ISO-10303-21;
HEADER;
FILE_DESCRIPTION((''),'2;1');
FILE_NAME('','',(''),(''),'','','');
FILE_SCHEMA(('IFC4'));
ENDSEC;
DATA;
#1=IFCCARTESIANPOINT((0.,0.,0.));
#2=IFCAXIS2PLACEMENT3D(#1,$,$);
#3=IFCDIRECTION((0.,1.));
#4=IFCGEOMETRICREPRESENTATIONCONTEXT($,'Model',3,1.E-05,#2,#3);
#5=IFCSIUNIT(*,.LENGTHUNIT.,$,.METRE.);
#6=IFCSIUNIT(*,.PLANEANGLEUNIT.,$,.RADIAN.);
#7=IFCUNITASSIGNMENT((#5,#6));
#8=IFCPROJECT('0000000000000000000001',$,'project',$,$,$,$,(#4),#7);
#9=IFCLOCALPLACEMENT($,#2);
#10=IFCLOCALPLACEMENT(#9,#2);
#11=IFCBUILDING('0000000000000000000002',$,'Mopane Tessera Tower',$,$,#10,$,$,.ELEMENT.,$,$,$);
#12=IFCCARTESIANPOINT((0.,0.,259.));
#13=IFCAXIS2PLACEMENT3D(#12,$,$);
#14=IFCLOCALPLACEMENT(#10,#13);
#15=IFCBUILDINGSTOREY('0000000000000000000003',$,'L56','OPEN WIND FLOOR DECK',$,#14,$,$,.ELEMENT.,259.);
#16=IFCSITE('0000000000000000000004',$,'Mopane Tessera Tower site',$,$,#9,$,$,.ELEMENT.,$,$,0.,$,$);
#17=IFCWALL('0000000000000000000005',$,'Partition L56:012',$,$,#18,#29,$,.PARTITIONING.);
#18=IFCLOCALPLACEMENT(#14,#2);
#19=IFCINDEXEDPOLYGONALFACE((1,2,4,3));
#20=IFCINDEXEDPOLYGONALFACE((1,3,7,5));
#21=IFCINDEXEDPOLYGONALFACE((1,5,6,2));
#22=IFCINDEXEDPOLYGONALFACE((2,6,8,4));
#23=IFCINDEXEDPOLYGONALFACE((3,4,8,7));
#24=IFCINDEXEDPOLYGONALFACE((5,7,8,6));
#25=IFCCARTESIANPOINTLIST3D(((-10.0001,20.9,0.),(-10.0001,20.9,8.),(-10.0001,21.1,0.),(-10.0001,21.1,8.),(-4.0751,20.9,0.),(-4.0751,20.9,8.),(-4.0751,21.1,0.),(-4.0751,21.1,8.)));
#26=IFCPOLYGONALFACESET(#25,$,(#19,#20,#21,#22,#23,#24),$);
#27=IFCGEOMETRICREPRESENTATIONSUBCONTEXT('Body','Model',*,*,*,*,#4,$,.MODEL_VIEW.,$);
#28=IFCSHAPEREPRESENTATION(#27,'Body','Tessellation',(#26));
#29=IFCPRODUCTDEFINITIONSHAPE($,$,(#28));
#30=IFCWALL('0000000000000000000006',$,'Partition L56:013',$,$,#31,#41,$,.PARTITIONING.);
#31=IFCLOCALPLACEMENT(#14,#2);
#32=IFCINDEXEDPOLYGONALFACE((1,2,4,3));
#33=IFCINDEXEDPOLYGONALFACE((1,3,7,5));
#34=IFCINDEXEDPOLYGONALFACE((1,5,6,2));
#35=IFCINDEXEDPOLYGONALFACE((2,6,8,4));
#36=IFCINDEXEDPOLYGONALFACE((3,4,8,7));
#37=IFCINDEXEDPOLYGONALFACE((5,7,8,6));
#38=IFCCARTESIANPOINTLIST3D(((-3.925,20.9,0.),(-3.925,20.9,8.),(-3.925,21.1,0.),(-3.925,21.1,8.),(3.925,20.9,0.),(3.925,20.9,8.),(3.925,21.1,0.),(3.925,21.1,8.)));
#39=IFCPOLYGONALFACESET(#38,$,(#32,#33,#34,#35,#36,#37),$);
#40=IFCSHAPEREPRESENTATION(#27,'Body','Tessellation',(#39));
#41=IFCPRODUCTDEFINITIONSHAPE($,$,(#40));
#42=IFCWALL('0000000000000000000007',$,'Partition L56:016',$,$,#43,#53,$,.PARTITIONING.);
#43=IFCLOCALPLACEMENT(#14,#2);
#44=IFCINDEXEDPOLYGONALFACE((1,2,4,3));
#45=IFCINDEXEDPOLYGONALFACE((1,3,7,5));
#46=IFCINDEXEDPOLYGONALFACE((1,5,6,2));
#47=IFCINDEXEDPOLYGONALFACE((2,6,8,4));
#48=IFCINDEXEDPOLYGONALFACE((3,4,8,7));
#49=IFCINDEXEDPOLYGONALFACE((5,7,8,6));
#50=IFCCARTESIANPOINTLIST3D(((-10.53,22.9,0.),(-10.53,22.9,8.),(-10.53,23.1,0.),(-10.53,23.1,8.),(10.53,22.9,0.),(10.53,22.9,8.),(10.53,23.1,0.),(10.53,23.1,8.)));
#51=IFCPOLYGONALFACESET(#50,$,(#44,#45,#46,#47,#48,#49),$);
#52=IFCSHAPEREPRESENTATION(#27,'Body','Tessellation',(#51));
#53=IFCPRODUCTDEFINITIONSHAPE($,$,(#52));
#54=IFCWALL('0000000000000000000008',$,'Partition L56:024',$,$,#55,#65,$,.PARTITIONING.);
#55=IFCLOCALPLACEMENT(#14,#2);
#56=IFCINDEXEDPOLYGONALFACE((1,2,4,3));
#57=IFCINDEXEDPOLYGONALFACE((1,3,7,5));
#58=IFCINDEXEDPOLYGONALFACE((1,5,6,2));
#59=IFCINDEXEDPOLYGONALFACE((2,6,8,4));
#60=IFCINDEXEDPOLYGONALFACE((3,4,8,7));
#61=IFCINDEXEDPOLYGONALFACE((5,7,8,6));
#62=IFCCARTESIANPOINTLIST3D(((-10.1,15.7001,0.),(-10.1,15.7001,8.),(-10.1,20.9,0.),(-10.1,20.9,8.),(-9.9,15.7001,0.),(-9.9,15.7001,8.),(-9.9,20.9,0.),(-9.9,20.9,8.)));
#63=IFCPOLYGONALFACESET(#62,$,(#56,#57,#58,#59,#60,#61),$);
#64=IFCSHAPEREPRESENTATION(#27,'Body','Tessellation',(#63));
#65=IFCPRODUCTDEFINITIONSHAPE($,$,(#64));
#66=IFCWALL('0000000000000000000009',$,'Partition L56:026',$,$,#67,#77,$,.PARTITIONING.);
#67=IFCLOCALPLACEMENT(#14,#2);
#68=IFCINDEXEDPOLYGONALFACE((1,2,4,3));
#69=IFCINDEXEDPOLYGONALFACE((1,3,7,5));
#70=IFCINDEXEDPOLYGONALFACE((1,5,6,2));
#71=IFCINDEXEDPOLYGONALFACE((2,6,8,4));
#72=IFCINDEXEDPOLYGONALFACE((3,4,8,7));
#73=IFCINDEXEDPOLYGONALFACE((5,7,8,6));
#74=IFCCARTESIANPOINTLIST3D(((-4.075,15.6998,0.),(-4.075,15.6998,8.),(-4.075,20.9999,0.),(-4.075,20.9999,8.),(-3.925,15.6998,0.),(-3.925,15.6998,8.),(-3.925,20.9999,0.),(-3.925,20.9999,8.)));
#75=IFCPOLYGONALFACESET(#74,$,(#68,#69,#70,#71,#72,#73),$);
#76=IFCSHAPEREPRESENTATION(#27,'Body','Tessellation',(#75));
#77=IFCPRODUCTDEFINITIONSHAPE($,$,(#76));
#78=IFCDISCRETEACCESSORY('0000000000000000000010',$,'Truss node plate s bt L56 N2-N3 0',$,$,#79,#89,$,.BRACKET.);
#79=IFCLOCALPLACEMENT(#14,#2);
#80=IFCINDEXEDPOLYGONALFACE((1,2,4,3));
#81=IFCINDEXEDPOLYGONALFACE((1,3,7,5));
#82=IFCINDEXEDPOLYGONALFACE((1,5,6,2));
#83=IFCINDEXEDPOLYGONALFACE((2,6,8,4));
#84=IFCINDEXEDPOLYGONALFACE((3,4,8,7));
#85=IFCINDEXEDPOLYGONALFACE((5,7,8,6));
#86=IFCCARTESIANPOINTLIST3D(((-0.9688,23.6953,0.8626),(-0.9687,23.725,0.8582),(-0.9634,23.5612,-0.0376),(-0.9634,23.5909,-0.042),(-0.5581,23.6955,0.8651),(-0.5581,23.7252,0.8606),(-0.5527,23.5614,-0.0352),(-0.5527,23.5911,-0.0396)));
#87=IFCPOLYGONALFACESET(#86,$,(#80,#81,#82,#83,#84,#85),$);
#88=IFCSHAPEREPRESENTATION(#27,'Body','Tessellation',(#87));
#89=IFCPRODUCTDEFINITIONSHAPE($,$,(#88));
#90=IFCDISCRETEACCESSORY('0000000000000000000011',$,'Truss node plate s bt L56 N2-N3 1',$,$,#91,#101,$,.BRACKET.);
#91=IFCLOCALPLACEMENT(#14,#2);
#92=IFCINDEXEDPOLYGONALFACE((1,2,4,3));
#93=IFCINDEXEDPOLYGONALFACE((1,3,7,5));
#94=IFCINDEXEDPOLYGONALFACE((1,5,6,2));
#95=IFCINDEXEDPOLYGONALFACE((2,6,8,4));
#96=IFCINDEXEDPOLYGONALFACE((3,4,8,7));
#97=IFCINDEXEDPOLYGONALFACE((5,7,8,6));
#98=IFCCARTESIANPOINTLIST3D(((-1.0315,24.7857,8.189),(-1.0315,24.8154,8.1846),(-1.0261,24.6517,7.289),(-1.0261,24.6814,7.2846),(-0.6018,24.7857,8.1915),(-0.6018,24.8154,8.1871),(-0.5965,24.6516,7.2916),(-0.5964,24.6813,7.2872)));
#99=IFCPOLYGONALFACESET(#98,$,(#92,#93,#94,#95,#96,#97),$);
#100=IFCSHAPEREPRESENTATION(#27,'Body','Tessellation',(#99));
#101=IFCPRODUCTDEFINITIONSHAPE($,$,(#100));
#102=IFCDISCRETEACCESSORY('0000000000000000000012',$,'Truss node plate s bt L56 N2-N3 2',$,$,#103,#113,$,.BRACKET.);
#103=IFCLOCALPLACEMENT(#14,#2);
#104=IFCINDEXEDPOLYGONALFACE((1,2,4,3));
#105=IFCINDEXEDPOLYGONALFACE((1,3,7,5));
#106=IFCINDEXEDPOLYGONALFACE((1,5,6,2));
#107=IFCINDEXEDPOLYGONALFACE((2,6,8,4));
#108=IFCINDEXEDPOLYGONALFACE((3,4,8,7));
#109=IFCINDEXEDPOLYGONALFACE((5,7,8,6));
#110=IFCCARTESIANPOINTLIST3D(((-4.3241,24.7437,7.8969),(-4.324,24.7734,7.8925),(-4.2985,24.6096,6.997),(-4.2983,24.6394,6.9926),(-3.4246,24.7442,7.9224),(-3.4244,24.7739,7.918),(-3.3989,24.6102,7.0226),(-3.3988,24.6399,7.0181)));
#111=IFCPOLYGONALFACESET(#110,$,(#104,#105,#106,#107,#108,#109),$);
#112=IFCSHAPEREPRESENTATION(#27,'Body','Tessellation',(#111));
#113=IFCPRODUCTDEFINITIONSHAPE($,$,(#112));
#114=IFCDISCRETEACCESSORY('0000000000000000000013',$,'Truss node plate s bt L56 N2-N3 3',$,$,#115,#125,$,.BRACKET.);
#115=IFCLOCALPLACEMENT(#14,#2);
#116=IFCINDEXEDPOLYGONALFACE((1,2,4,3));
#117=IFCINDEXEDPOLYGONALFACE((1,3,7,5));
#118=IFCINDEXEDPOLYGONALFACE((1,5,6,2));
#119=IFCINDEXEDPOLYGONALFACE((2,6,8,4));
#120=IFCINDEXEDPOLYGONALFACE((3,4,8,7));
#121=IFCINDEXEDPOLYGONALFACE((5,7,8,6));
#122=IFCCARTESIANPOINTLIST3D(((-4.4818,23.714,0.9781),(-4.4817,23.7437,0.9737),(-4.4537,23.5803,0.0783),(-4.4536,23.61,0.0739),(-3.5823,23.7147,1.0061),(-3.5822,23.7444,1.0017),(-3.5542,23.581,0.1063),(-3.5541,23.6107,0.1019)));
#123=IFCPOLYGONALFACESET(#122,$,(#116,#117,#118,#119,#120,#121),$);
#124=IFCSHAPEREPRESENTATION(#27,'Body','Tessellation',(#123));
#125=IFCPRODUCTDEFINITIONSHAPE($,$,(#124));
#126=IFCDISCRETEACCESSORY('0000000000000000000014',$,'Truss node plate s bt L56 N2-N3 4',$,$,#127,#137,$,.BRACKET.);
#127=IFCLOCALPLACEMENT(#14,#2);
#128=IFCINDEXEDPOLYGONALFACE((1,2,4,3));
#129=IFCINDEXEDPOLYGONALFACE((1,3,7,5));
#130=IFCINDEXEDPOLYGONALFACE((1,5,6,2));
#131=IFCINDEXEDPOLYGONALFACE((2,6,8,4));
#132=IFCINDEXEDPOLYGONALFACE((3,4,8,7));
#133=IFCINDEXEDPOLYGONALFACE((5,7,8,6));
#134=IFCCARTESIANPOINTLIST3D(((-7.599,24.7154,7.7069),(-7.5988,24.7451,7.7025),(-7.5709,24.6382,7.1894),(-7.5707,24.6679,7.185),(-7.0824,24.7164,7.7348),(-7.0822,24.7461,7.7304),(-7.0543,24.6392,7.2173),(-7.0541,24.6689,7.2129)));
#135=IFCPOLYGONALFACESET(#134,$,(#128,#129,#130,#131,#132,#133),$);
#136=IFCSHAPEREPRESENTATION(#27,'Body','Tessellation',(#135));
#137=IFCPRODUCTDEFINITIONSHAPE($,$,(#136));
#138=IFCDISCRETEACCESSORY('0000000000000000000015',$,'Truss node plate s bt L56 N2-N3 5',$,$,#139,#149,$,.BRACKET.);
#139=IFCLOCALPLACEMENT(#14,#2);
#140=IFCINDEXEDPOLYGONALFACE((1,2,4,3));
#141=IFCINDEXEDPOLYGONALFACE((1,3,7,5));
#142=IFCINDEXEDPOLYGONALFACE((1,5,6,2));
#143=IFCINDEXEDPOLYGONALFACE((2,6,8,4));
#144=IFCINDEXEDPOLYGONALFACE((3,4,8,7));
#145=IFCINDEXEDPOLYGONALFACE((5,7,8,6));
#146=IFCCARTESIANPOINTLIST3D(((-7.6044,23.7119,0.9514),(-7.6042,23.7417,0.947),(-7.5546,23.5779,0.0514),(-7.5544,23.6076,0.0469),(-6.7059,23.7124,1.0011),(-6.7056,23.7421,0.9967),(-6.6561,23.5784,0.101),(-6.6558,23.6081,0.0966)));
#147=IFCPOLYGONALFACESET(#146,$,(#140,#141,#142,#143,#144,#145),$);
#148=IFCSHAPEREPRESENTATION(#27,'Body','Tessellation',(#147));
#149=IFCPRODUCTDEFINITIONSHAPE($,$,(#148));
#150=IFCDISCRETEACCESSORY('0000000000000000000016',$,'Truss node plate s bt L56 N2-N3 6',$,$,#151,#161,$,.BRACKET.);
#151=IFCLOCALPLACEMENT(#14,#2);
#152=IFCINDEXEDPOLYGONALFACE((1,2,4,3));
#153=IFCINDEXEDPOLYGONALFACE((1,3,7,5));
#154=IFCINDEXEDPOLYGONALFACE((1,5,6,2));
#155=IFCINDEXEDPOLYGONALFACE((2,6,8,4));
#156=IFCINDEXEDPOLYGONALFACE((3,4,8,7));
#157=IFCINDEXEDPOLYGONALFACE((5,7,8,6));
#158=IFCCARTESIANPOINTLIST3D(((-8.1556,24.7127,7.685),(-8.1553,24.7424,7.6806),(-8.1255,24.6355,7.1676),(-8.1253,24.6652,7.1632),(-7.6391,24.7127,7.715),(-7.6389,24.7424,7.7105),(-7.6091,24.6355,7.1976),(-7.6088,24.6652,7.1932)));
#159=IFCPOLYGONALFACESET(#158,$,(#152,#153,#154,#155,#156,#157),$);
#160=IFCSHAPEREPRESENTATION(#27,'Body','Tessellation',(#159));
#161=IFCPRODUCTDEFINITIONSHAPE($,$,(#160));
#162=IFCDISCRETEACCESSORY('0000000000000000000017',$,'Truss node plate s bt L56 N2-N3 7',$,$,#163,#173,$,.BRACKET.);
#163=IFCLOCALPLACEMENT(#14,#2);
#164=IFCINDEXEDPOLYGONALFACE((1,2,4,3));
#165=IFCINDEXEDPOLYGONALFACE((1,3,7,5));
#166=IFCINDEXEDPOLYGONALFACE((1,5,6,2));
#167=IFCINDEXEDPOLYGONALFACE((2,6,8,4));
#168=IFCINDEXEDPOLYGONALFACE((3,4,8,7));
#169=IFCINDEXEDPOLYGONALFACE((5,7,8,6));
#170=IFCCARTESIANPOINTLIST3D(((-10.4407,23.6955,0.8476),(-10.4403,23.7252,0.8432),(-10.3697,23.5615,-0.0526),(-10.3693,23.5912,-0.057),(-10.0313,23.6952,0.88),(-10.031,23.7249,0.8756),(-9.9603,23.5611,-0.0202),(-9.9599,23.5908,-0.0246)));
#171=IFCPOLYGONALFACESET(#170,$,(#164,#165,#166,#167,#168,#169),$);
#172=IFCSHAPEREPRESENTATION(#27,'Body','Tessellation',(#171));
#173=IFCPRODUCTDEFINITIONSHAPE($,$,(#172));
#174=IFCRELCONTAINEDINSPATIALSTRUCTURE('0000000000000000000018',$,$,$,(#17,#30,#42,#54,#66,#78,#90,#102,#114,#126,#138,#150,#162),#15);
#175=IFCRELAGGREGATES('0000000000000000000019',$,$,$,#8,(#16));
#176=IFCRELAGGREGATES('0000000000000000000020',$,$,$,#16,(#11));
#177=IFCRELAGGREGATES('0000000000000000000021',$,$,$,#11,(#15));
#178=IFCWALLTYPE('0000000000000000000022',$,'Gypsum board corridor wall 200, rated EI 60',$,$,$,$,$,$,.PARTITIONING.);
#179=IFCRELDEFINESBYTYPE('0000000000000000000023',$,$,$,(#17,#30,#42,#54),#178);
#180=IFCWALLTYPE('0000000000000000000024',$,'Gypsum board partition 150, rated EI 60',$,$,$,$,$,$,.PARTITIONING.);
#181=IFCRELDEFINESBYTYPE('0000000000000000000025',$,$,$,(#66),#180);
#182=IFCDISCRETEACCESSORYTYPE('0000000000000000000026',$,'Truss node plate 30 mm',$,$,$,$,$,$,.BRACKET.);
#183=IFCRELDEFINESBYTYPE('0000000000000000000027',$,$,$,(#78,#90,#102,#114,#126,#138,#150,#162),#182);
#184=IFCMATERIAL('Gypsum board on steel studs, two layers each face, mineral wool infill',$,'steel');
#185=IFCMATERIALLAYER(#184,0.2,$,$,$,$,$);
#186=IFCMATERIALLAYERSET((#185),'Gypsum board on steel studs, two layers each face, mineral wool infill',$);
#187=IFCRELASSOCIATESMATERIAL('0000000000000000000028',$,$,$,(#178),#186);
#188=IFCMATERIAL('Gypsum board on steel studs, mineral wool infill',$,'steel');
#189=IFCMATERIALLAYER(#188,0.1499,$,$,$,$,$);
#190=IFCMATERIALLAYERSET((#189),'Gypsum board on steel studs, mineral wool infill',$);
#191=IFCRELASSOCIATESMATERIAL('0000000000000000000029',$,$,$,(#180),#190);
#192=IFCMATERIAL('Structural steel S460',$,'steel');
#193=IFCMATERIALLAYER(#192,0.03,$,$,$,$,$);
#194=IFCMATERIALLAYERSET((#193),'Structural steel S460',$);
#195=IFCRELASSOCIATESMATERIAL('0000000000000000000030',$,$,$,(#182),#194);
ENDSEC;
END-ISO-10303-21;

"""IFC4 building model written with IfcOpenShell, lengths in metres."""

from ifc_helpers import new_model, si_unit, direction, frame, frame_2d, origin, origin_2d, place, context, subcontext, project, spatial, rectangle, extrude, material, layer, layer_set, type_object, element, save


model = new_model("IFC4")

# Units and contexts
model_context = context("Model", 3, precision=1e-05, world=origin(), true_north=direction((0.0, 1.0)))
body_context = subcontext(model_context, "Body", "Model", "MODEL_VIEW")
ifc_project = project(units=[si_unit("LENGTHUNIT", "METRE"), si_unit("PLANEANGLEUNIT", "RADIAN")], contexts=[model_context])

# Site, building, storey
site_placement = place(None, origin())
site = spatial("IfcSite", under=ifc_project, at=site_placement, Name="Mopane Tessera Tower site", CompositionType="ELEMENT", RefElevation=0.0)
building_placement = place(site_placement, origin())
building = spatial("IfcBuilding", under=site, at=building_placement, Name="Mopane Tessera Tower", CompositionType="ELEMENT")
storey_placement = place(building_placement, frame((0.0, 0.0, 259.0)))
storey = spatial("IfcBuildingStorey", under=building, at=storey_placement, Name="L56", Description="OPEN WIND FLOOR DECK", CompositionType="ELEMENT", Elevation=259.0)

# Walls
ifc_material_1 = material(Name="Gypsum board on steel studs, two layers each face, mineral wool infill", Category="steel")
ifc_layer_1 = layer(ifc_material_1, 0.2)
ifc_layer_set_1 = layer_set([ifc_layer_1], Name="Gypsum board on steel studs, two layers each face, mineral wool infill")
wall_type_1 = type_object("IfcWallType", Name="Gypsum board corridor wall 200, rated EI 60", PredefinedType="PARTITIONING", material=ifc_layer_set_1)
wall_1_placement = place(storey_placement, frame((-10.0, 21.0, 0.0), z_axis=(0.0, 0.0, 1.0), x_axis=(1.0, 0.0, 0.0)))
element("IfcWall", 1, at=wall_1_placement, inside=storey, type_object=wall_type_1, Name="Partition L56:012", PredefinedType="PARTITIONING", context=body_context, shape_type="SweptSolid", body=[
    extrude(rectangle(XDim=5.925, YDim=0.2, at=frame_2d((2.9624, 0.0))), origin(), (0.0, 0.0, 1.0), 8.0),
])
wall_2_placement = place(storey_placement, frame((-3.925, 21.0, 0.0), z_axis=(0.0, 0.0, 1.0), x_axis=(1.0, 0.0, 0.0)))
element("IfcWall", 2, at=wall_2_placement, inside=storey, type_object=wall_type_1, Name="Partition L56:013", PredefinedType="PARTITIONING", context=body_context, shape_type="SweptSolid", body=[
    extrude(rectangle(XDim=7.8501, YDim=0.2, at=frame_2d((3.925, 0.0))), origin(), (0.0, 0.0, 1.0), 8.0),
])
wall_3_placement = place(storey_placement, frame((-10.53, 23.0, 0.0), z_axis=(0.0, 0.0, 1.0), x_axis=(1.0, 0.0, 0.0)))
element("IfcWall", 3, at=wall_3_placement, inside=storey, type_object=wall_type_1, Name="Partition L56:016", PredefinedType="PARTITIONING", context=body_context, shape_type="SweptSolid", body=[
    extrude(rectangle(XDim=21.0601, YDim=0.2, at=frame_2d((10.53, 0.0))), origin(), (0.0, 0.0, 1.0), 8.0),
])
wall_4_placement = place(storey_placement, frame((-10.0, 15.7, 0.0), z_axis=(0.0, 0.0, 1.0), x_axis=(0.0, 1.0, 0.0)))
element("IfcWall", 4, at=wall_4_placement, inside=storey, type_object=wall_type_1, Name="Partition L56:024", PredefinedType="PARTITIONING", context=body_context, shape_type="SweptSolid", body=[
    extrude(rectangle(XDim=5.2, YDim=0.2, at=frame_2d((2.6001, 0.0))), origin(), (0.0, 0.0, 1.0), 8.0),
])
ifc_material_2 = material(Name="Gypsum board on steel studs, mineral wool infill", Category="steel")
ifc_layer_2 = layer(ifc_material_2, 0.1499)
ifc_layer_set_2 = layer_set([ifc_layer_2], Name="Gypsum board on steel studs, mineral wool infill")
wall_type_2 = type_object("IfcWallType", Name="Gypsum board partition 150, rated EI 60", PredefinedType="PARTITIONING", material=ifc_layer_set_2)
wall_5_placement = place(storey_placement, frame((-4.0, 15.7, 0.0), z_axis=(0.0, 0.0, 1.0), x_axis=(0.0, 1.0, 0.0)))
element("IfcWall", 5, at=wall_5_placement, inside=storey, type_object=wall_type_2, Name="Partition L56:026", PredefinedType="PARTITIONING", context=body_context, shape_type="SweptSolid", body=[
    extrude(rectangle(XDim=5.3, YDim=0.1499, at=frame_2d((2.6499, 0.0))), origin(), (0.0, 0.0, 1.0), 8.0),
])

# Discrete accessories
ifc_material_3 = material(Name="Structural steel S460", Category="steel")
ifc_layer_3 = layer(ifc_material_3, 0.03)
ifc_layer_set_3 = layer_set([ifc_layer_3], Name="Structural steel S460")
discrete_accessory_type = type_object("IfcDiscreteAccessoryType", Name="Truss node plate 30 mm", PredefinedType="BRACKET", material=ifc_layer_set_3)
discrete_accessory_1_placement = place(storey_placement, frame((-0.7581, 23.5762, -0.0386), z_axis=(-0.005902, 0.147275, 0.989078), x_axis=(-0.000416, -0.989095, 0.147275)))
element("IfcDiscreteAccessory", 6, at=discrete_accessory_1_placement, inside=storey, type_object=discrete_accessory_type, Name="Truss node plate s bt L56 N2-N3 0", PredefinedType="BRACKET", context=body_context, shape_type="SweptSolid", body=[
    extrude(rectangle(XDim=0.03, YDim=0.4106, at=origin_2d()), origin(), (0.0, 0.0, 1.0), 0.9102),
])
discrete_accessory_2_placement = place(storey_placement, frame((-0.8113, 24.6665, 7.2881), z_axis=(-0.005903, 0.147314, 0.989072), x_axis=(-0.000917, -0.98909, 0.147311)))
element("IfcDiscreteAccessory", 7, at=discrete_accessory_2_placement, inside=storey, type_object=discrete_accessory_type, Name="Truss node plate s bt L56 N2-N3 1", PredefinedType="BRACKET", context=body_context, shape_type="SweptSolid", body=[
    extrude(rectangle(XDim=0.03, YDim=0.4297, at=origin_2d()), origin(), (0.0, 0.0, 1.0), 0.9099),
])
for number, where, z_axis, x_axis, name in (
    (8, (-3.8486, 24.6248, 7.0076), (-0.028164, 0.147258, 0.988697), (-0.003618, -0.989098, 0.147215), "Truss node plate s bt L56 N2-N3 2"),
    (9, (-4.0039, 23.5955, 0.0901), (-0.030845, 0.146984, 0.988658), (-0.003782, -0.989138, 0.146938), "Truss node plate s bt L56 N2-N3 3"),
):
    element("IfcDiscreteAccessory", number, at=place(storey_placement, frame(where, z_axis=z_axis, x_axis=x_axis)), inside=storey, type_object=discrete_accessory_type, Name=name, PredefinedType="BRACKET", context=body_context, shape_type="SweptSolid", body=[
        extrude(rectangle(XDim=0.03, YDim=0.8999, at=origin_2d()), origin(), (0.0, 0.0, 1.0), 0.9102),
    ])
discrete_accessory_3_placement = place(storey_placement, frame((-7.3125, 24.6536, 7.2012), z_axis=(-0.0536, 0.147284, 0.987641), x_axis=(-0.006037, -0.989092, 0.147173)))
element("IfcDiscreteAccessory", 10, at=discrete_accessory_3_placement, inside=storey, type_object=discrete_accessory_type, Name="Truss node plate s bt L56 N2-N3 4", PredefinedType="BRACKET", context=body_context, shape_type="SweptSolid", body=[
    extrude(rectangle(XDim=0.03, YDim=0.5173, at=origin_2d()), origin(), (0.0, 0.0, 1.0), 0.5239),
])
discrete_accessory_4_placement = place(storey_placement, frame((-7.1052, 23.593, 0.074), z_axis=(-0.054644, 0.147058, 0.987617), x_axis=(-0.007579, -0.989128, 0.146863)))
element("IfcDiscreteAccessory", 11, at=discrete_accessory_4_placement, inside=storey, type_object=discrete_accessory_type, Name="Truss node plate s bt L56 N2-N3 5", PredefinedType="BRACKET", context=body_context, shape_type="SweptSolid", body=[
    extrude(rectangle(XDim=0.03, YDim=0.8999, at=origin_2d()), origin(), (0.0, 0.0, 1.0), 0.9114),
])
discrete_accessory_5_placement = place(storey_placement, frame((-7.8672, 24.6504, 7.1804), z_axis=(-0.057317, 0.147253, 0.987437), x_axis=(-0.008532, -0.989099, 0.147006)))
element("IfcDiscreteAccessory", 12, at=discrete_accessory_5_placement, inside=storey, type_object=discrete_accessory_type, Name="Truss node plate s bt L56 N2-N3 6", PredefinedType="BRACKET", context=body_context, shape_type="SweptSolid", body=[
    extrude(rectangle(XDim=0.03, YDim=0.5173, at=origin_2d()), origin(), (0.0, 0.0, 1.0), 0.5239),
])
discrete_accessory_6_placement = place(storey_placement, frame((-10.1648, 23.5762, -0.0386), z_axis=(-0.077828, 0.146831, 0.986095), x_axis=(-0.012429, -0.989161, 0.146307)))
element("IfcDiscreteAccessory", 13, at=discrete_accessory_6_placement, inside=storey, type_object=discrete_accessory_type, Name="Truss node plate s bt L56 N2-N3 7", PredefinedType="BRACKET", context=body_context, shape_type="SweptSolid", body=[
    extrude(rectangle(XDim=0.03, YDim=0.4106, at=origin_2d()), origin(), (0.0, 0.0, 1.0), 0.9128),
])

save(model, "model.ifc")
